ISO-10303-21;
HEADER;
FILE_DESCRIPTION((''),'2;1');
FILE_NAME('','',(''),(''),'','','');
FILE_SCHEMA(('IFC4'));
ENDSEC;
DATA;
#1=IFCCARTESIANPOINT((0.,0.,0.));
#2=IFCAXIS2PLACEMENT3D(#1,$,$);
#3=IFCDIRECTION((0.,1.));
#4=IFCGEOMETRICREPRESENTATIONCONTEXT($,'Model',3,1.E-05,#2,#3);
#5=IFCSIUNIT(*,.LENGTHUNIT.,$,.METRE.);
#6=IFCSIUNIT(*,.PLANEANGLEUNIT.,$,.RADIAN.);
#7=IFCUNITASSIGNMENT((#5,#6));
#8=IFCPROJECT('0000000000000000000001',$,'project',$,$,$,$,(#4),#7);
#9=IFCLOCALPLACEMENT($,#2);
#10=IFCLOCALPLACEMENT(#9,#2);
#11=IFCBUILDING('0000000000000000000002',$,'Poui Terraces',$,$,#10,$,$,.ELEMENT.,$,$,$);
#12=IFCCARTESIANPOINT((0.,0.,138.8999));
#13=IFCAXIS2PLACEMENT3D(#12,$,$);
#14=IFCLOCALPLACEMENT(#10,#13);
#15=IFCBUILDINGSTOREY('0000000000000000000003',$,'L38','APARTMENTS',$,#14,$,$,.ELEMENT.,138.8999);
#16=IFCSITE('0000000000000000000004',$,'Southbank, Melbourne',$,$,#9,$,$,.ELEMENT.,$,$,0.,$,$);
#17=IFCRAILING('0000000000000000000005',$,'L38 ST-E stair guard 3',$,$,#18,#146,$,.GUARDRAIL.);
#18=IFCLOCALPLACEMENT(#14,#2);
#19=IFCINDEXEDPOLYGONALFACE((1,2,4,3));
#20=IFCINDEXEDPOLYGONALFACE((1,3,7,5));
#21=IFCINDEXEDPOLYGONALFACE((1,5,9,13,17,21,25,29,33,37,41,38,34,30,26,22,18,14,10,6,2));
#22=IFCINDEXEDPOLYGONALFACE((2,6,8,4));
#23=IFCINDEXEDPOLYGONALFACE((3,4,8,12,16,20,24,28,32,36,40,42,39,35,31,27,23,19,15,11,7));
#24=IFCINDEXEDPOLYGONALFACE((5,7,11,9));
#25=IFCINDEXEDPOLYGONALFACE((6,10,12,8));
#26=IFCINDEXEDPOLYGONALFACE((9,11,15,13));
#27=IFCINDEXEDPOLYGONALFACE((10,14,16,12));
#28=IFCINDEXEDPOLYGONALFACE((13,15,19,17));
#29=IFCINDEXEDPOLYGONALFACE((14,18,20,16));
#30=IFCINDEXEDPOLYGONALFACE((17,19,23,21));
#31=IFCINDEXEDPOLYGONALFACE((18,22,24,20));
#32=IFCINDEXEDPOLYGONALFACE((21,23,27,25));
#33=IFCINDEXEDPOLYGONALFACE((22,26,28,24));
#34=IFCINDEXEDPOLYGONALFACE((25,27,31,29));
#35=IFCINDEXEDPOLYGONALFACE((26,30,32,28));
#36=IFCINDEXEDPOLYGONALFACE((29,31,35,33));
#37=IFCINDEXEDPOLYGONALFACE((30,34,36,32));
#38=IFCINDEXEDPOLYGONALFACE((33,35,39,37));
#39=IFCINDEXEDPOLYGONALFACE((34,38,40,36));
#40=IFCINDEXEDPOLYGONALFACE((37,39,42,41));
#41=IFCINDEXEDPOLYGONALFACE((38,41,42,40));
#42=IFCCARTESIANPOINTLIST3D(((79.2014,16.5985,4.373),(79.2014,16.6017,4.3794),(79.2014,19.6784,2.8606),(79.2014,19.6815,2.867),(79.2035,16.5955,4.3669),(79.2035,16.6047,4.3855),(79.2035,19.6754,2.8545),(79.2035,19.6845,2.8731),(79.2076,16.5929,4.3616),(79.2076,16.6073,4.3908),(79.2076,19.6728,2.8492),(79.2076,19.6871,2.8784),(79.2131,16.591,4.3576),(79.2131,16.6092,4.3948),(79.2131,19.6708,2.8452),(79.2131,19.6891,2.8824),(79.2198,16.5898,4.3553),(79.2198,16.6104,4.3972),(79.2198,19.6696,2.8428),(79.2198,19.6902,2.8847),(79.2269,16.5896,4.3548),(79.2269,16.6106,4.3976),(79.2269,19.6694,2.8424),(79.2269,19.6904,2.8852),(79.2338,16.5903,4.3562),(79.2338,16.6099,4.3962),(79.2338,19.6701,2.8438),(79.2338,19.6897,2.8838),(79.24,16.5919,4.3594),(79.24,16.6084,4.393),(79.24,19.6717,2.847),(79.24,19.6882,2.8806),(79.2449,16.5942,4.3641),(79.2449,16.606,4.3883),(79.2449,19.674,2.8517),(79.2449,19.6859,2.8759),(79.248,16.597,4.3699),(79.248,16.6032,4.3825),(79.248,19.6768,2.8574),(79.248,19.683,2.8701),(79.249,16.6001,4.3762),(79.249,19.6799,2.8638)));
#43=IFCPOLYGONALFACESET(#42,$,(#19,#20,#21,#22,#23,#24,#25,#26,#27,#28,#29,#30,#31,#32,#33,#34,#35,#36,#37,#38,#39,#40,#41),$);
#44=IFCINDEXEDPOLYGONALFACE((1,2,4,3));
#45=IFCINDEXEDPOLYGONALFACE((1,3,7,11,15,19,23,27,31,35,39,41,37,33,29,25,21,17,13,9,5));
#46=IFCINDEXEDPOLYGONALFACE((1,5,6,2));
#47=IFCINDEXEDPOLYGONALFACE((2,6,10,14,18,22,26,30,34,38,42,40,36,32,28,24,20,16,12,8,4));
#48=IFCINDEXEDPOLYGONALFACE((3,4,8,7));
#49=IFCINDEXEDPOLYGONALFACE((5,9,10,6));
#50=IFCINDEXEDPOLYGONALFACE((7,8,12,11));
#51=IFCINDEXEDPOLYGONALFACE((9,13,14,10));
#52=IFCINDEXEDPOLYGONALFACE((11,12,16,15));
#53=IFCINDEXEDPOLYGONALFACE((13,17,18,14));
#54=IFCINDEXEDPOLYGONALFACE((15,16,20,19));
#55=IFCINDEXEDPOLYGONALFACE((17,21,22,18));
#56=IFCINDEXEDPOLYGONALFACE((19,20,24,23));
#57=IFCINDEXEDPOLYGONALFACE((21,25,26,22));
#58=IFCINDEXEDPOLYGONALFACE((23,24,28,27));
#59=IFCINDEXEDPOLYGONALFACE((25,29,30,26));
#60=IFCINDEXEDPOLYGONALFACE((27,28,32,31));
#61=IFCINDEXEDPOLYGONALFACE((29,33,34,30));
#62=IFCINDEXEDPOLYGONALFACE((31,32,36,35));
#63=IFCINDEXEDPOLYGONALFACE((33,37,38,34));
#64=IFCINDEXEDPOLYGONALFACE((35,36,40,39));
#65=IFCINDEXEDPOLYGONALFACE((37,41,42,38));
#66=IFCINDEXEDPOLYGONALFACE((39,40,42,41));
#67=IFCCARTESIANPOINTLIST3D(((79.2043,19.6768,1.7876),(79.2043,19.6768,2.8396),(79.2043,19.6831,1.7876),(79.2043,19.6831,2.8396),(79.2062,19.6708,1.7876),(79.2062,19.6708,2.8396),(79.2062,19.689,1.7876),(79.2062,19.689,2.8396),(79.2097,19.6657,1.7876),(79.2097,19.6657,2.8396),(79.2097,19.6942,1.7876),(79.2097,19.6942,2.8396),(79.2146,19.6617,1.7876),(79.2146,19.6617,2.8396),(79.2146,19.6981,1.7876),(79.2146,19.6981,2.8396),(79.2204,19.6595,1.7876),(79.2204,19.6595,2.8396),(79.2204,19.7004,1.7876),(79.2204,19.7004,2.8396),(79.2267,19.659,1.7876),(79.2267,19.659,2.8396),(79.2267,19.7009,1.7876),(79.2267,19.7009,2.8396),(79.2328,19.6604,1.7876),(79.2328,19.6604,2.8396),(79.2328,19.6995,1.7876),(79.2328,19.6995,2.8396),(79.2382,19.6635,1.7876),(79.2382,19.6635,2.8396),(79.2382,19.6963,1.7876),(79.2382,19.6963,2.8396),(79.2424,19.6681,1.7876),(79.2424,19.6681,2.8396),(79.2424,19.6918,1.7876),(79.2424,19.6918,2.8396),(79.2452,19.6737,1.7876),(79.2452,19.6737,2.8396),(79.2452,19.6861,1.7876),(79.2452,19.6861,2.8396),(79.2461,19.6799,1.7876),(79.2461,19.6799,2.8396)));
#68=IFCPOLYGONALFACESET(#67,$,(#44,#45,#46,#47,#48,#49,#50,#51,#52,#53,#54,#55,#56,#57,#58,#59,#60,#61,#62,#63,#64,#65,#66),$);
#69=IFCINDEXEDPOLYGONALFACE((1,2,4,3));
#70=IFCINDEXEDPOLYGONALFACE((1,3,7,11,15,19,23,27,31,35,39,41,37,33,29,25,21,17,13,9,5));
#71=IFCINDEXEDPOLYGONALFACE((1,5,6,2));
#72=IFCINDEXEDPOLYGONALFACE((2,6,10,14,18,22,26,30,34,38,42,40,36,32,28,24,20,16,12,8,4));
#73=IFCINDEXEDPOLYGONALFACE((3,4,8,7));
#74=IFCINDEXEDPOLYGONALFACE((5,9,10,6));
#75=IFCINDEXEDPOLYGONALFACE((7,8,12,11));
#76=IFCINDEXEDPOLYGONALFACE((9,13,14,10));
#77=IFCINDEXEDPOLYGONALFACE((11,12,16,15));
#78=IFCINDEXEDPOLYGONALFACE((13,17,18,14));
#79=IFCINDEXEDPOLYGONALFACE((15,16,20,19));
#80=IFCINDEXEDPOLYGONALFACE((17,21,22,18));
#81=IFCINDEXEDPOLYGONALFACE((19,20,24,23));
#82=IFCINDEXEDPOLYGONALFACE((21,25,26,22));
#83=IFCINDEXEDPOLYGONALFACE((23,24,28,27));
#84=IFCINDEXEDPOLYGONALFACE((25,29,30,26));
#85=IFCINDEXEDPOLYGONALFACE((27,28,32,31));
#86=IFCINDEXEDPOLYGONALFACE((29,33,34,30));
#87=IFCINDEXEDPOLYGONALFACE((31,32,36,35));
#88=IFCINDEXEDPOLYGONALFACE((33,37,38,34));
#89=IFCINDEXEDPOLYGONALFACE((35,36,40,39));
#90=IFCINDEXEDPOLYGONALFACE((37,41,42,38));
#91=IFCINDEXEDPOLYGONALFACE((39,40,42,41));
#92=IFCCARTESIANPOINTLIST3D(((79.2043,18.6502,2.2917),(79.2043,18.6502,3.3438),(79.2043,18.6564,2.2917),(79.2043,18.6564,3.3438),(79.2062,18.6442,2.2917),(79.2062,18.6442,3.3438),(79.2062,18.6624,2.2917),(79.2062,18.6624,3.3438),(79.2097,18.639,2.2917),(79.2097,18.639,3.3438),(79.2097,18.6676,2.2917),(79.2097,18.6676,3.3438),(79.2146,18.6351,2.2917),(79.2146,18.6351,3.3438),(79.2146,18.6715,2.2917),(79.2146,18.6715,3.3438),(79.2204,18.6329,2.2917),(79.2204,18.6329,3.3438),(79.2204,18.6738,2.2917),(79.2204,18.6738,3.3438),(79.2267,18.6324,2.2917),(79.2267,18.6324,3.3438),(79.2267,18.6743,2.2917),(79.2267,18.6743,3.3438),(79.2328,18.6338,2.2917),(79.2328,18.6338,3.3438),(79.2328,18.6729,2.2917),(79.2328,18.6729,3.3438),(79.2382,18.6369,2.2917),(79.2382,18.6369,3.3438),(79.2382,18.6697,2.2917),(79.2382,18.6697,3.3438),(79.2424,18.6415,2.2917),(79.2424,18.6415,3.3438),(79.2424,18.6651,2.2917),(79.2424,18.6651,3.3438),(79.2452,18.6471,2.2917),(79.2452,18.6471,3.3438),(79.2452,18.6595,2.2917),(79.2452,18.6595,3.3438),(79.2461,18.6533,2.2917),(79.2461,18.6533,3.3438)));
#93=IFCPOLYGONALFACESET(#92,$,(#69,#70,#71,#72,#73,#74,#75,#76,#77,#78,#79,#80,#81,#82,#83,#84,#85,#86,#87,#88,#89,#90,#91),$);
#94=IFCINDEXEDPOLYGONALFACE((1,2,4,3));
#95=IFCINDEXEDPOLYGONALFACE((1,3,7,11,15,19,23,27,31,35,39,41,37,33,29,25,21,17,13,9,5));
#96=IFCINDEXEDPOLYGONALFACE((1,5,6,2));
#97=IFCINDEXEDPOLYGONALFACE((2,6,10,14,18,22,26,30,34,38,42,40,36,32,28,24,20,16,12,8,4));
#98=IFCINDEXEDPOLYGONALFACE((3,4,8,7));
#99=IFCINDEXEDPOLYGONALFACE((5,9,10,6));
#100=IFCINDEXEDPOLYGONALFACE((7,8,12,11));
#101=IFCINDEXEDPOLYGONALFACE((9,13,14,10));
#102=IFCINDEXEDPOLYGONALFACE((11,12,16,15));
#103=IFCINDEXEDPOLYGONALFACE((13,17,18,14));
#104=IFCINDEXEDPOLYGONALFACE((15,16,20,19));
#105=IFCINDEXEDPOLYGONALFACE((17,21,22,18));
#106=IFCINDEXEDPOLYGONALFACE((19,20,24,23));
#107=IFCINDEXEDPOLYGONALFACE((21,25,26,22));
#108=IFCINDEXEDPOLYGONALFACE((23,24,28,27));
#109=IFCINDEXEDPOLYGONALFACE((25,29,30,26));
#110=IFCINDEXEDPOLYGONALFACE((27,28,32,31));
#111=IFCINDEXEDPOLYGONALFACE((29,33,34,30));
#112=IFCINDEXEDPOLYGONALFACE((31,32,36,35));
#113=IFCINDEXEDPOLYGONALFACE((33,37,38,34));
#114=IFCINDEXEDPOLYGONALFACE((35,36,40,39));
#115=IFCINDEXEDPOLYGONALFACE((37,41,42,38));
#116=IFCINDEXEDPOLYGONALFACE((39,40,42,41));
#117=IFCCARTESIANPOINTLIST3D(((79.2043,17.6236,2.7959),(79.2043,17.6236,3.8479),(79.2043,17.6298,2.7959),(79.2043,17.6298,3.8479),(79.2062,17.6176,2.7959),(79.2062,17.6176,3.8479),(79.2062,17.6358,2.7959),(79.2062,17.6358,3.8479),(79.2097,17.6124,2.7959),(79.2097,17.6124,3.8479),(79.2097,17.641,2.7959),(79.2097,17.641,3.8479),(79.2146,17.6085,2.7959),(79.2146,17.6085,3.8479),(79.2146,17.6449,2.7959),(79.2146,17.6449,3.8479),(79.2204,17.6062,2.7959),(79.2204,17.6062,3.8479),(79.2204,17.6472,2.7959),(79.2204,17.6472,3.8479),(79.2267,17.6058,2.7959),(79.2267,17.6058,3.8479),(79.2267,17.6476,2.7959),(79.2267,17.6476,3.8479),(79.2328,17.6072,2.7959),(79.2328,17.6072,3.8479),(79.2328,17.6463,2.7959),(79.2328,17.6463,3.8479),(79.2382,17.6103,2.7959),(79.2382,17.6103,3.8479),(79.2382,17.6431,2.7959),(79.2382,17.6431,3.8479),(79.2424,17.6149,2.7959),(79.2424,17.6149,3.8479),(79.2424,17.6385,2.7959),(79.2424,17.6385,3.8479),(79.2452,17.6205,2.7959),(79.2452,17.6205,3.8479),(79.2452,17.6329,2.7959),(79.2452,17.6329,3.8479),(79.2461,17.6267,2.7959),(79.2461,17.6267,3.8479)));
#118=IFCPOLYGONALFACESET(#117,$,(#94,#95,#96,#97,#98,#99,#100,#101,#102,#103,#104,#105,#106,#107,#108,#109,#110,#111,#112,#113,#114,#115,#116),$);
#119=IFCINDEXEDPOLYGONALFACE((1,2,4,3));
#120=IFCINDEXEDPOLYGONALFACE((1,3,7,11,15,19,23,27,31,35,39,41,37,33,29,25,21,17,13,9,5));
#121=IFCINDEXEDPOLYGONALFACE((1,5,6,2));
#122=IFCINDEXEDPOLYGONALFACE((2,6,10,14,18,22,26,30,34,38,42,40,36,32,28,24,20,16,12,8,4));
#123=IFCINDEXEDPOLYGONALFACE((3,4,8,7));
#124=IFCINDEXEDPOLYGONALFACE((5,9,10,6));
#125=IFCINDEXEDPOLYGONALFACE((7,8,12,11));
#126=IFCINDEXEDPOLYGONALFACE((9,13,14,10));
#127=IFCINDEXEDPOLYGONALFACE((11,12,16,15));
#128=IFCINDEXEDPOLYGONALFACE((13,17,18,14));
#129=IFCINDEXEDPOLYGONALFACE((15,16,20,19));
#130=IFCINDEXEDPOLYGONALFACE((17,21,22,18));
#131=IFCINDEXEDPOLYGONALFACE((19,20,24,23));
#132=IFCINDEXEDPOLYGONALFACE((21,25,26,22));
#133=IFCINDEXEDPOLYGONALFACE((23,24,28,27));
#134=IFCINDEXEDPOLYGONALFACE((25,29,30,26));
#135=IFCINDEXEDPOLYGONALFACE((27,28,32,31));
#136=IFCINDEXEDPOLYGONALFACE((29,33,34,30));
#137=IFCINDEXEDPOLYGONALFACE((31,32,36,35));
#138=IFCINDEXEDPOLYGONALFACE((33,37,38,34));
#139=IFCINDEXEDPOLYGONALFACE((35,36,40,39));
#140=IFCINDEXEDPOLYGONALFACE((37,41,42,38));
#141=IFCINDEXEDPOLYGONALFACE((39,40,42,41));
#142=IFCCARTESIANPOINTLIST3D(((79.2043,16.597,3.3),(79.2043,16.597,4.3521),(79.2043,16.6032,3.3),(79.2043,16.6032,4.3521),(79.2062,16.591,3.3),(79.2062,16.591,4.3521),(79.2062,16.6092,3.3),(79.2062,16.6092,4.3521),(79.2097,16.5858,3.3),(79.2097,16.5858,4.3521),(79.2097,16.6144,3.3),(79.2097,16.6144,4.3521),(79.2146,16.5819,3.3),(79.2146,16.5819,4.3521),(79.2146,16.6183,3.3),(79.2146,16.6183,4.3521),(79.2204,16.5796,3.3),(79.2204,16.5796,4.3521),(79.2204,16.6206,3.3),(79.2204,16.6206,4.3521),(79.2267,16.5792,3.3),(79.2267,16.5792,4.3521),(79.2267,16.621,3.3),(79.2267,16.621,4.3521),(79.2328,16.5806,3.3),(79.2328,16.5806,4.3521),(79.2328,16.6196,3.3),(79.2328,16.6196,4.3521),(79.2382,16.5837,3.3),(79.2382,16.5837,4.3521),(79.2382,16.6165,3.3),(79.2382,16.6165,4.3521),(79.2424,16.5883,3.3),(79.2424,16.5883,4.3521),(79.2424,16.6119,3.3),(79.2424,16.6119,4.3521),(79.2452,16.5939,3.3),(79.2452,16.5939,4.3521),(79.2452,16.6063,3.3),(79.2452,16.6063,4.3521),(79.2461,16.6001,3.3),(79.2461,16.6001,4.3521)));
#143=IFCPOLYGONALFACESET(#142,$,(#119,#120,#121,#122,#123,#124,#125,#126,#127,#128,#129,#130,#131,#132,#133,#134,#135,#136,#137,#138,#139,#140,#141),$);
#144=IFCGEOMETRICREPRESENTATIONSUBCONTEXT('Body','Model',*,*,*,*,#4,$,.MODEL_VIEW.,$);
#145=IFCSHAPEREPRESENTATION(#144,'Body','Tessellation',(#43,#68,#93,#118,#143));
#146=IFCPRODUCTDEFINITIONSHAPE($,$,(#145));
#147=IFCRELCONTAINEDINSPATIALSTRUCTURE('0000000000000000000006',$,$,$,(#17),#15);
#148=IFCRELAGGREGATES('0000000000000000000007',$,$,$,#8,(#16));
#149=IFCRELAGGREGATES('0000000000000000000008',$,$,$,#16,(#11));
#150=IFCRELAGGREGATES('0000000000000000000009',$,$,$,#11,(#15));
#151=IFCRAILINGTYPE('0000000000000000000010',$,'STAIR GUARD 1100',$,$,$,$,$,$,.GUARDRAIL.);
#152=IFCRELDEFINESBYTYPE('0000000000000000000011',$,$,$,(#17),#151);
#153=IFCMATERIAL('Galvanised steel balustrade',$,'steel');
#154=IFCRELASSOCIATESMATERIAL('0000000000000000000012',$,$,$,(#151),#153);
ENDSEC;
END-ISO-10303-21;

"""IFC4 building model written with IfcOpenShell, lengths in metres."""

from ifc_helpers import new_model, si_unit, direction, frame, origin, origin_2d, place, context, subcontext, project, spatial, circle, extrude, material, type_object, element, save


model = new_model("IFC4")

# Units and contexts
model_context = context("Model", 3, precision=1e-05, world=origin(), true_north=direction((0.0, 1.0)))
body_context = subcontext(model_context, "Body", "Model", "MODEL_VIEW")
ifc_project = project(units=[si_unit("LENGTHUNIT", "METRE"), si_unit("PLANEANGLEUNIT", "RADIAN")], contexts=[model_context])

# Site, building, storey
site_placement = place(None, origin())
site = spatial("IfcSite", under=ifc_project, at=site_placement, Name="Southbank, Melbourne", CompositionType="ELEMENT", RefElevation=0.0)
building_placement = place(site_placement, origin())
building = spatial("IfcBuilding", under=site, at=building_placement, Name="Poui Terraces", CompositionType="ELEMENT")
storey_placement = place(building_placement, frame((0.0, 0.0, 138.8999)))
storey = spatial("IfcBuildingStorey", under=building, at=storey_placement, Name="L38", Description="APARTMENTS", CompositionType="ELEMENT", Elevation=138.8999)

# Railing
ifc_material_1 = material(Name="Galvanised steel balustrade", Category="steel")
railing_type_1 = type_object("IfcRailingType", Name="STAIR GUARD 1100", PredefinedType="GUARDRAIL", material=ifc_material_1)
railing_1_placement = place(storey_placement, frame((79.2251, 19.6799, 1.7876)))
element("IfcRailing", 1, at=railing_1_placement, inside=storey, type_object=railing_type_1, Name="L38 ST-E stair guard 3", PredefinedType="GUARDRAIL", context=body_context, shape_type="SweptSolid", body=[
    extrude(circle(Radius=0.0239, at=origin_2d()), frame((0.0, 0.0, 1.0762), z_axis=(0.0, -0.897606, 0.440798), x_axis=(1.0, 0.0, 0.0)), (0.0, 0.0, 1.0), 3.4312),
    extrude(circle(Radius=0.021, at=origin_2d()), origin(), (0.0, 0.0, 1.0), 1.052),
    extrude(circle(Radius=0.021, at=origin_2d()), frame((0.0, -1.0266, 0.5042)), (0.0, 0.0, 1.0), 1.052),
    extrude(circle(Radius=0.021, at=origin_2d()), frame((0.0, -2.0532, 1.0083)), (0.0, 0.0, 1.0), 1.052),
    extrude(circle(Radius=0.021, at=origin_2d()), frame((0.0, -3.0798, 1.5125)), (0.0, 0.0, 1.0), 1.052),
])

save(model, "model.ifc")
